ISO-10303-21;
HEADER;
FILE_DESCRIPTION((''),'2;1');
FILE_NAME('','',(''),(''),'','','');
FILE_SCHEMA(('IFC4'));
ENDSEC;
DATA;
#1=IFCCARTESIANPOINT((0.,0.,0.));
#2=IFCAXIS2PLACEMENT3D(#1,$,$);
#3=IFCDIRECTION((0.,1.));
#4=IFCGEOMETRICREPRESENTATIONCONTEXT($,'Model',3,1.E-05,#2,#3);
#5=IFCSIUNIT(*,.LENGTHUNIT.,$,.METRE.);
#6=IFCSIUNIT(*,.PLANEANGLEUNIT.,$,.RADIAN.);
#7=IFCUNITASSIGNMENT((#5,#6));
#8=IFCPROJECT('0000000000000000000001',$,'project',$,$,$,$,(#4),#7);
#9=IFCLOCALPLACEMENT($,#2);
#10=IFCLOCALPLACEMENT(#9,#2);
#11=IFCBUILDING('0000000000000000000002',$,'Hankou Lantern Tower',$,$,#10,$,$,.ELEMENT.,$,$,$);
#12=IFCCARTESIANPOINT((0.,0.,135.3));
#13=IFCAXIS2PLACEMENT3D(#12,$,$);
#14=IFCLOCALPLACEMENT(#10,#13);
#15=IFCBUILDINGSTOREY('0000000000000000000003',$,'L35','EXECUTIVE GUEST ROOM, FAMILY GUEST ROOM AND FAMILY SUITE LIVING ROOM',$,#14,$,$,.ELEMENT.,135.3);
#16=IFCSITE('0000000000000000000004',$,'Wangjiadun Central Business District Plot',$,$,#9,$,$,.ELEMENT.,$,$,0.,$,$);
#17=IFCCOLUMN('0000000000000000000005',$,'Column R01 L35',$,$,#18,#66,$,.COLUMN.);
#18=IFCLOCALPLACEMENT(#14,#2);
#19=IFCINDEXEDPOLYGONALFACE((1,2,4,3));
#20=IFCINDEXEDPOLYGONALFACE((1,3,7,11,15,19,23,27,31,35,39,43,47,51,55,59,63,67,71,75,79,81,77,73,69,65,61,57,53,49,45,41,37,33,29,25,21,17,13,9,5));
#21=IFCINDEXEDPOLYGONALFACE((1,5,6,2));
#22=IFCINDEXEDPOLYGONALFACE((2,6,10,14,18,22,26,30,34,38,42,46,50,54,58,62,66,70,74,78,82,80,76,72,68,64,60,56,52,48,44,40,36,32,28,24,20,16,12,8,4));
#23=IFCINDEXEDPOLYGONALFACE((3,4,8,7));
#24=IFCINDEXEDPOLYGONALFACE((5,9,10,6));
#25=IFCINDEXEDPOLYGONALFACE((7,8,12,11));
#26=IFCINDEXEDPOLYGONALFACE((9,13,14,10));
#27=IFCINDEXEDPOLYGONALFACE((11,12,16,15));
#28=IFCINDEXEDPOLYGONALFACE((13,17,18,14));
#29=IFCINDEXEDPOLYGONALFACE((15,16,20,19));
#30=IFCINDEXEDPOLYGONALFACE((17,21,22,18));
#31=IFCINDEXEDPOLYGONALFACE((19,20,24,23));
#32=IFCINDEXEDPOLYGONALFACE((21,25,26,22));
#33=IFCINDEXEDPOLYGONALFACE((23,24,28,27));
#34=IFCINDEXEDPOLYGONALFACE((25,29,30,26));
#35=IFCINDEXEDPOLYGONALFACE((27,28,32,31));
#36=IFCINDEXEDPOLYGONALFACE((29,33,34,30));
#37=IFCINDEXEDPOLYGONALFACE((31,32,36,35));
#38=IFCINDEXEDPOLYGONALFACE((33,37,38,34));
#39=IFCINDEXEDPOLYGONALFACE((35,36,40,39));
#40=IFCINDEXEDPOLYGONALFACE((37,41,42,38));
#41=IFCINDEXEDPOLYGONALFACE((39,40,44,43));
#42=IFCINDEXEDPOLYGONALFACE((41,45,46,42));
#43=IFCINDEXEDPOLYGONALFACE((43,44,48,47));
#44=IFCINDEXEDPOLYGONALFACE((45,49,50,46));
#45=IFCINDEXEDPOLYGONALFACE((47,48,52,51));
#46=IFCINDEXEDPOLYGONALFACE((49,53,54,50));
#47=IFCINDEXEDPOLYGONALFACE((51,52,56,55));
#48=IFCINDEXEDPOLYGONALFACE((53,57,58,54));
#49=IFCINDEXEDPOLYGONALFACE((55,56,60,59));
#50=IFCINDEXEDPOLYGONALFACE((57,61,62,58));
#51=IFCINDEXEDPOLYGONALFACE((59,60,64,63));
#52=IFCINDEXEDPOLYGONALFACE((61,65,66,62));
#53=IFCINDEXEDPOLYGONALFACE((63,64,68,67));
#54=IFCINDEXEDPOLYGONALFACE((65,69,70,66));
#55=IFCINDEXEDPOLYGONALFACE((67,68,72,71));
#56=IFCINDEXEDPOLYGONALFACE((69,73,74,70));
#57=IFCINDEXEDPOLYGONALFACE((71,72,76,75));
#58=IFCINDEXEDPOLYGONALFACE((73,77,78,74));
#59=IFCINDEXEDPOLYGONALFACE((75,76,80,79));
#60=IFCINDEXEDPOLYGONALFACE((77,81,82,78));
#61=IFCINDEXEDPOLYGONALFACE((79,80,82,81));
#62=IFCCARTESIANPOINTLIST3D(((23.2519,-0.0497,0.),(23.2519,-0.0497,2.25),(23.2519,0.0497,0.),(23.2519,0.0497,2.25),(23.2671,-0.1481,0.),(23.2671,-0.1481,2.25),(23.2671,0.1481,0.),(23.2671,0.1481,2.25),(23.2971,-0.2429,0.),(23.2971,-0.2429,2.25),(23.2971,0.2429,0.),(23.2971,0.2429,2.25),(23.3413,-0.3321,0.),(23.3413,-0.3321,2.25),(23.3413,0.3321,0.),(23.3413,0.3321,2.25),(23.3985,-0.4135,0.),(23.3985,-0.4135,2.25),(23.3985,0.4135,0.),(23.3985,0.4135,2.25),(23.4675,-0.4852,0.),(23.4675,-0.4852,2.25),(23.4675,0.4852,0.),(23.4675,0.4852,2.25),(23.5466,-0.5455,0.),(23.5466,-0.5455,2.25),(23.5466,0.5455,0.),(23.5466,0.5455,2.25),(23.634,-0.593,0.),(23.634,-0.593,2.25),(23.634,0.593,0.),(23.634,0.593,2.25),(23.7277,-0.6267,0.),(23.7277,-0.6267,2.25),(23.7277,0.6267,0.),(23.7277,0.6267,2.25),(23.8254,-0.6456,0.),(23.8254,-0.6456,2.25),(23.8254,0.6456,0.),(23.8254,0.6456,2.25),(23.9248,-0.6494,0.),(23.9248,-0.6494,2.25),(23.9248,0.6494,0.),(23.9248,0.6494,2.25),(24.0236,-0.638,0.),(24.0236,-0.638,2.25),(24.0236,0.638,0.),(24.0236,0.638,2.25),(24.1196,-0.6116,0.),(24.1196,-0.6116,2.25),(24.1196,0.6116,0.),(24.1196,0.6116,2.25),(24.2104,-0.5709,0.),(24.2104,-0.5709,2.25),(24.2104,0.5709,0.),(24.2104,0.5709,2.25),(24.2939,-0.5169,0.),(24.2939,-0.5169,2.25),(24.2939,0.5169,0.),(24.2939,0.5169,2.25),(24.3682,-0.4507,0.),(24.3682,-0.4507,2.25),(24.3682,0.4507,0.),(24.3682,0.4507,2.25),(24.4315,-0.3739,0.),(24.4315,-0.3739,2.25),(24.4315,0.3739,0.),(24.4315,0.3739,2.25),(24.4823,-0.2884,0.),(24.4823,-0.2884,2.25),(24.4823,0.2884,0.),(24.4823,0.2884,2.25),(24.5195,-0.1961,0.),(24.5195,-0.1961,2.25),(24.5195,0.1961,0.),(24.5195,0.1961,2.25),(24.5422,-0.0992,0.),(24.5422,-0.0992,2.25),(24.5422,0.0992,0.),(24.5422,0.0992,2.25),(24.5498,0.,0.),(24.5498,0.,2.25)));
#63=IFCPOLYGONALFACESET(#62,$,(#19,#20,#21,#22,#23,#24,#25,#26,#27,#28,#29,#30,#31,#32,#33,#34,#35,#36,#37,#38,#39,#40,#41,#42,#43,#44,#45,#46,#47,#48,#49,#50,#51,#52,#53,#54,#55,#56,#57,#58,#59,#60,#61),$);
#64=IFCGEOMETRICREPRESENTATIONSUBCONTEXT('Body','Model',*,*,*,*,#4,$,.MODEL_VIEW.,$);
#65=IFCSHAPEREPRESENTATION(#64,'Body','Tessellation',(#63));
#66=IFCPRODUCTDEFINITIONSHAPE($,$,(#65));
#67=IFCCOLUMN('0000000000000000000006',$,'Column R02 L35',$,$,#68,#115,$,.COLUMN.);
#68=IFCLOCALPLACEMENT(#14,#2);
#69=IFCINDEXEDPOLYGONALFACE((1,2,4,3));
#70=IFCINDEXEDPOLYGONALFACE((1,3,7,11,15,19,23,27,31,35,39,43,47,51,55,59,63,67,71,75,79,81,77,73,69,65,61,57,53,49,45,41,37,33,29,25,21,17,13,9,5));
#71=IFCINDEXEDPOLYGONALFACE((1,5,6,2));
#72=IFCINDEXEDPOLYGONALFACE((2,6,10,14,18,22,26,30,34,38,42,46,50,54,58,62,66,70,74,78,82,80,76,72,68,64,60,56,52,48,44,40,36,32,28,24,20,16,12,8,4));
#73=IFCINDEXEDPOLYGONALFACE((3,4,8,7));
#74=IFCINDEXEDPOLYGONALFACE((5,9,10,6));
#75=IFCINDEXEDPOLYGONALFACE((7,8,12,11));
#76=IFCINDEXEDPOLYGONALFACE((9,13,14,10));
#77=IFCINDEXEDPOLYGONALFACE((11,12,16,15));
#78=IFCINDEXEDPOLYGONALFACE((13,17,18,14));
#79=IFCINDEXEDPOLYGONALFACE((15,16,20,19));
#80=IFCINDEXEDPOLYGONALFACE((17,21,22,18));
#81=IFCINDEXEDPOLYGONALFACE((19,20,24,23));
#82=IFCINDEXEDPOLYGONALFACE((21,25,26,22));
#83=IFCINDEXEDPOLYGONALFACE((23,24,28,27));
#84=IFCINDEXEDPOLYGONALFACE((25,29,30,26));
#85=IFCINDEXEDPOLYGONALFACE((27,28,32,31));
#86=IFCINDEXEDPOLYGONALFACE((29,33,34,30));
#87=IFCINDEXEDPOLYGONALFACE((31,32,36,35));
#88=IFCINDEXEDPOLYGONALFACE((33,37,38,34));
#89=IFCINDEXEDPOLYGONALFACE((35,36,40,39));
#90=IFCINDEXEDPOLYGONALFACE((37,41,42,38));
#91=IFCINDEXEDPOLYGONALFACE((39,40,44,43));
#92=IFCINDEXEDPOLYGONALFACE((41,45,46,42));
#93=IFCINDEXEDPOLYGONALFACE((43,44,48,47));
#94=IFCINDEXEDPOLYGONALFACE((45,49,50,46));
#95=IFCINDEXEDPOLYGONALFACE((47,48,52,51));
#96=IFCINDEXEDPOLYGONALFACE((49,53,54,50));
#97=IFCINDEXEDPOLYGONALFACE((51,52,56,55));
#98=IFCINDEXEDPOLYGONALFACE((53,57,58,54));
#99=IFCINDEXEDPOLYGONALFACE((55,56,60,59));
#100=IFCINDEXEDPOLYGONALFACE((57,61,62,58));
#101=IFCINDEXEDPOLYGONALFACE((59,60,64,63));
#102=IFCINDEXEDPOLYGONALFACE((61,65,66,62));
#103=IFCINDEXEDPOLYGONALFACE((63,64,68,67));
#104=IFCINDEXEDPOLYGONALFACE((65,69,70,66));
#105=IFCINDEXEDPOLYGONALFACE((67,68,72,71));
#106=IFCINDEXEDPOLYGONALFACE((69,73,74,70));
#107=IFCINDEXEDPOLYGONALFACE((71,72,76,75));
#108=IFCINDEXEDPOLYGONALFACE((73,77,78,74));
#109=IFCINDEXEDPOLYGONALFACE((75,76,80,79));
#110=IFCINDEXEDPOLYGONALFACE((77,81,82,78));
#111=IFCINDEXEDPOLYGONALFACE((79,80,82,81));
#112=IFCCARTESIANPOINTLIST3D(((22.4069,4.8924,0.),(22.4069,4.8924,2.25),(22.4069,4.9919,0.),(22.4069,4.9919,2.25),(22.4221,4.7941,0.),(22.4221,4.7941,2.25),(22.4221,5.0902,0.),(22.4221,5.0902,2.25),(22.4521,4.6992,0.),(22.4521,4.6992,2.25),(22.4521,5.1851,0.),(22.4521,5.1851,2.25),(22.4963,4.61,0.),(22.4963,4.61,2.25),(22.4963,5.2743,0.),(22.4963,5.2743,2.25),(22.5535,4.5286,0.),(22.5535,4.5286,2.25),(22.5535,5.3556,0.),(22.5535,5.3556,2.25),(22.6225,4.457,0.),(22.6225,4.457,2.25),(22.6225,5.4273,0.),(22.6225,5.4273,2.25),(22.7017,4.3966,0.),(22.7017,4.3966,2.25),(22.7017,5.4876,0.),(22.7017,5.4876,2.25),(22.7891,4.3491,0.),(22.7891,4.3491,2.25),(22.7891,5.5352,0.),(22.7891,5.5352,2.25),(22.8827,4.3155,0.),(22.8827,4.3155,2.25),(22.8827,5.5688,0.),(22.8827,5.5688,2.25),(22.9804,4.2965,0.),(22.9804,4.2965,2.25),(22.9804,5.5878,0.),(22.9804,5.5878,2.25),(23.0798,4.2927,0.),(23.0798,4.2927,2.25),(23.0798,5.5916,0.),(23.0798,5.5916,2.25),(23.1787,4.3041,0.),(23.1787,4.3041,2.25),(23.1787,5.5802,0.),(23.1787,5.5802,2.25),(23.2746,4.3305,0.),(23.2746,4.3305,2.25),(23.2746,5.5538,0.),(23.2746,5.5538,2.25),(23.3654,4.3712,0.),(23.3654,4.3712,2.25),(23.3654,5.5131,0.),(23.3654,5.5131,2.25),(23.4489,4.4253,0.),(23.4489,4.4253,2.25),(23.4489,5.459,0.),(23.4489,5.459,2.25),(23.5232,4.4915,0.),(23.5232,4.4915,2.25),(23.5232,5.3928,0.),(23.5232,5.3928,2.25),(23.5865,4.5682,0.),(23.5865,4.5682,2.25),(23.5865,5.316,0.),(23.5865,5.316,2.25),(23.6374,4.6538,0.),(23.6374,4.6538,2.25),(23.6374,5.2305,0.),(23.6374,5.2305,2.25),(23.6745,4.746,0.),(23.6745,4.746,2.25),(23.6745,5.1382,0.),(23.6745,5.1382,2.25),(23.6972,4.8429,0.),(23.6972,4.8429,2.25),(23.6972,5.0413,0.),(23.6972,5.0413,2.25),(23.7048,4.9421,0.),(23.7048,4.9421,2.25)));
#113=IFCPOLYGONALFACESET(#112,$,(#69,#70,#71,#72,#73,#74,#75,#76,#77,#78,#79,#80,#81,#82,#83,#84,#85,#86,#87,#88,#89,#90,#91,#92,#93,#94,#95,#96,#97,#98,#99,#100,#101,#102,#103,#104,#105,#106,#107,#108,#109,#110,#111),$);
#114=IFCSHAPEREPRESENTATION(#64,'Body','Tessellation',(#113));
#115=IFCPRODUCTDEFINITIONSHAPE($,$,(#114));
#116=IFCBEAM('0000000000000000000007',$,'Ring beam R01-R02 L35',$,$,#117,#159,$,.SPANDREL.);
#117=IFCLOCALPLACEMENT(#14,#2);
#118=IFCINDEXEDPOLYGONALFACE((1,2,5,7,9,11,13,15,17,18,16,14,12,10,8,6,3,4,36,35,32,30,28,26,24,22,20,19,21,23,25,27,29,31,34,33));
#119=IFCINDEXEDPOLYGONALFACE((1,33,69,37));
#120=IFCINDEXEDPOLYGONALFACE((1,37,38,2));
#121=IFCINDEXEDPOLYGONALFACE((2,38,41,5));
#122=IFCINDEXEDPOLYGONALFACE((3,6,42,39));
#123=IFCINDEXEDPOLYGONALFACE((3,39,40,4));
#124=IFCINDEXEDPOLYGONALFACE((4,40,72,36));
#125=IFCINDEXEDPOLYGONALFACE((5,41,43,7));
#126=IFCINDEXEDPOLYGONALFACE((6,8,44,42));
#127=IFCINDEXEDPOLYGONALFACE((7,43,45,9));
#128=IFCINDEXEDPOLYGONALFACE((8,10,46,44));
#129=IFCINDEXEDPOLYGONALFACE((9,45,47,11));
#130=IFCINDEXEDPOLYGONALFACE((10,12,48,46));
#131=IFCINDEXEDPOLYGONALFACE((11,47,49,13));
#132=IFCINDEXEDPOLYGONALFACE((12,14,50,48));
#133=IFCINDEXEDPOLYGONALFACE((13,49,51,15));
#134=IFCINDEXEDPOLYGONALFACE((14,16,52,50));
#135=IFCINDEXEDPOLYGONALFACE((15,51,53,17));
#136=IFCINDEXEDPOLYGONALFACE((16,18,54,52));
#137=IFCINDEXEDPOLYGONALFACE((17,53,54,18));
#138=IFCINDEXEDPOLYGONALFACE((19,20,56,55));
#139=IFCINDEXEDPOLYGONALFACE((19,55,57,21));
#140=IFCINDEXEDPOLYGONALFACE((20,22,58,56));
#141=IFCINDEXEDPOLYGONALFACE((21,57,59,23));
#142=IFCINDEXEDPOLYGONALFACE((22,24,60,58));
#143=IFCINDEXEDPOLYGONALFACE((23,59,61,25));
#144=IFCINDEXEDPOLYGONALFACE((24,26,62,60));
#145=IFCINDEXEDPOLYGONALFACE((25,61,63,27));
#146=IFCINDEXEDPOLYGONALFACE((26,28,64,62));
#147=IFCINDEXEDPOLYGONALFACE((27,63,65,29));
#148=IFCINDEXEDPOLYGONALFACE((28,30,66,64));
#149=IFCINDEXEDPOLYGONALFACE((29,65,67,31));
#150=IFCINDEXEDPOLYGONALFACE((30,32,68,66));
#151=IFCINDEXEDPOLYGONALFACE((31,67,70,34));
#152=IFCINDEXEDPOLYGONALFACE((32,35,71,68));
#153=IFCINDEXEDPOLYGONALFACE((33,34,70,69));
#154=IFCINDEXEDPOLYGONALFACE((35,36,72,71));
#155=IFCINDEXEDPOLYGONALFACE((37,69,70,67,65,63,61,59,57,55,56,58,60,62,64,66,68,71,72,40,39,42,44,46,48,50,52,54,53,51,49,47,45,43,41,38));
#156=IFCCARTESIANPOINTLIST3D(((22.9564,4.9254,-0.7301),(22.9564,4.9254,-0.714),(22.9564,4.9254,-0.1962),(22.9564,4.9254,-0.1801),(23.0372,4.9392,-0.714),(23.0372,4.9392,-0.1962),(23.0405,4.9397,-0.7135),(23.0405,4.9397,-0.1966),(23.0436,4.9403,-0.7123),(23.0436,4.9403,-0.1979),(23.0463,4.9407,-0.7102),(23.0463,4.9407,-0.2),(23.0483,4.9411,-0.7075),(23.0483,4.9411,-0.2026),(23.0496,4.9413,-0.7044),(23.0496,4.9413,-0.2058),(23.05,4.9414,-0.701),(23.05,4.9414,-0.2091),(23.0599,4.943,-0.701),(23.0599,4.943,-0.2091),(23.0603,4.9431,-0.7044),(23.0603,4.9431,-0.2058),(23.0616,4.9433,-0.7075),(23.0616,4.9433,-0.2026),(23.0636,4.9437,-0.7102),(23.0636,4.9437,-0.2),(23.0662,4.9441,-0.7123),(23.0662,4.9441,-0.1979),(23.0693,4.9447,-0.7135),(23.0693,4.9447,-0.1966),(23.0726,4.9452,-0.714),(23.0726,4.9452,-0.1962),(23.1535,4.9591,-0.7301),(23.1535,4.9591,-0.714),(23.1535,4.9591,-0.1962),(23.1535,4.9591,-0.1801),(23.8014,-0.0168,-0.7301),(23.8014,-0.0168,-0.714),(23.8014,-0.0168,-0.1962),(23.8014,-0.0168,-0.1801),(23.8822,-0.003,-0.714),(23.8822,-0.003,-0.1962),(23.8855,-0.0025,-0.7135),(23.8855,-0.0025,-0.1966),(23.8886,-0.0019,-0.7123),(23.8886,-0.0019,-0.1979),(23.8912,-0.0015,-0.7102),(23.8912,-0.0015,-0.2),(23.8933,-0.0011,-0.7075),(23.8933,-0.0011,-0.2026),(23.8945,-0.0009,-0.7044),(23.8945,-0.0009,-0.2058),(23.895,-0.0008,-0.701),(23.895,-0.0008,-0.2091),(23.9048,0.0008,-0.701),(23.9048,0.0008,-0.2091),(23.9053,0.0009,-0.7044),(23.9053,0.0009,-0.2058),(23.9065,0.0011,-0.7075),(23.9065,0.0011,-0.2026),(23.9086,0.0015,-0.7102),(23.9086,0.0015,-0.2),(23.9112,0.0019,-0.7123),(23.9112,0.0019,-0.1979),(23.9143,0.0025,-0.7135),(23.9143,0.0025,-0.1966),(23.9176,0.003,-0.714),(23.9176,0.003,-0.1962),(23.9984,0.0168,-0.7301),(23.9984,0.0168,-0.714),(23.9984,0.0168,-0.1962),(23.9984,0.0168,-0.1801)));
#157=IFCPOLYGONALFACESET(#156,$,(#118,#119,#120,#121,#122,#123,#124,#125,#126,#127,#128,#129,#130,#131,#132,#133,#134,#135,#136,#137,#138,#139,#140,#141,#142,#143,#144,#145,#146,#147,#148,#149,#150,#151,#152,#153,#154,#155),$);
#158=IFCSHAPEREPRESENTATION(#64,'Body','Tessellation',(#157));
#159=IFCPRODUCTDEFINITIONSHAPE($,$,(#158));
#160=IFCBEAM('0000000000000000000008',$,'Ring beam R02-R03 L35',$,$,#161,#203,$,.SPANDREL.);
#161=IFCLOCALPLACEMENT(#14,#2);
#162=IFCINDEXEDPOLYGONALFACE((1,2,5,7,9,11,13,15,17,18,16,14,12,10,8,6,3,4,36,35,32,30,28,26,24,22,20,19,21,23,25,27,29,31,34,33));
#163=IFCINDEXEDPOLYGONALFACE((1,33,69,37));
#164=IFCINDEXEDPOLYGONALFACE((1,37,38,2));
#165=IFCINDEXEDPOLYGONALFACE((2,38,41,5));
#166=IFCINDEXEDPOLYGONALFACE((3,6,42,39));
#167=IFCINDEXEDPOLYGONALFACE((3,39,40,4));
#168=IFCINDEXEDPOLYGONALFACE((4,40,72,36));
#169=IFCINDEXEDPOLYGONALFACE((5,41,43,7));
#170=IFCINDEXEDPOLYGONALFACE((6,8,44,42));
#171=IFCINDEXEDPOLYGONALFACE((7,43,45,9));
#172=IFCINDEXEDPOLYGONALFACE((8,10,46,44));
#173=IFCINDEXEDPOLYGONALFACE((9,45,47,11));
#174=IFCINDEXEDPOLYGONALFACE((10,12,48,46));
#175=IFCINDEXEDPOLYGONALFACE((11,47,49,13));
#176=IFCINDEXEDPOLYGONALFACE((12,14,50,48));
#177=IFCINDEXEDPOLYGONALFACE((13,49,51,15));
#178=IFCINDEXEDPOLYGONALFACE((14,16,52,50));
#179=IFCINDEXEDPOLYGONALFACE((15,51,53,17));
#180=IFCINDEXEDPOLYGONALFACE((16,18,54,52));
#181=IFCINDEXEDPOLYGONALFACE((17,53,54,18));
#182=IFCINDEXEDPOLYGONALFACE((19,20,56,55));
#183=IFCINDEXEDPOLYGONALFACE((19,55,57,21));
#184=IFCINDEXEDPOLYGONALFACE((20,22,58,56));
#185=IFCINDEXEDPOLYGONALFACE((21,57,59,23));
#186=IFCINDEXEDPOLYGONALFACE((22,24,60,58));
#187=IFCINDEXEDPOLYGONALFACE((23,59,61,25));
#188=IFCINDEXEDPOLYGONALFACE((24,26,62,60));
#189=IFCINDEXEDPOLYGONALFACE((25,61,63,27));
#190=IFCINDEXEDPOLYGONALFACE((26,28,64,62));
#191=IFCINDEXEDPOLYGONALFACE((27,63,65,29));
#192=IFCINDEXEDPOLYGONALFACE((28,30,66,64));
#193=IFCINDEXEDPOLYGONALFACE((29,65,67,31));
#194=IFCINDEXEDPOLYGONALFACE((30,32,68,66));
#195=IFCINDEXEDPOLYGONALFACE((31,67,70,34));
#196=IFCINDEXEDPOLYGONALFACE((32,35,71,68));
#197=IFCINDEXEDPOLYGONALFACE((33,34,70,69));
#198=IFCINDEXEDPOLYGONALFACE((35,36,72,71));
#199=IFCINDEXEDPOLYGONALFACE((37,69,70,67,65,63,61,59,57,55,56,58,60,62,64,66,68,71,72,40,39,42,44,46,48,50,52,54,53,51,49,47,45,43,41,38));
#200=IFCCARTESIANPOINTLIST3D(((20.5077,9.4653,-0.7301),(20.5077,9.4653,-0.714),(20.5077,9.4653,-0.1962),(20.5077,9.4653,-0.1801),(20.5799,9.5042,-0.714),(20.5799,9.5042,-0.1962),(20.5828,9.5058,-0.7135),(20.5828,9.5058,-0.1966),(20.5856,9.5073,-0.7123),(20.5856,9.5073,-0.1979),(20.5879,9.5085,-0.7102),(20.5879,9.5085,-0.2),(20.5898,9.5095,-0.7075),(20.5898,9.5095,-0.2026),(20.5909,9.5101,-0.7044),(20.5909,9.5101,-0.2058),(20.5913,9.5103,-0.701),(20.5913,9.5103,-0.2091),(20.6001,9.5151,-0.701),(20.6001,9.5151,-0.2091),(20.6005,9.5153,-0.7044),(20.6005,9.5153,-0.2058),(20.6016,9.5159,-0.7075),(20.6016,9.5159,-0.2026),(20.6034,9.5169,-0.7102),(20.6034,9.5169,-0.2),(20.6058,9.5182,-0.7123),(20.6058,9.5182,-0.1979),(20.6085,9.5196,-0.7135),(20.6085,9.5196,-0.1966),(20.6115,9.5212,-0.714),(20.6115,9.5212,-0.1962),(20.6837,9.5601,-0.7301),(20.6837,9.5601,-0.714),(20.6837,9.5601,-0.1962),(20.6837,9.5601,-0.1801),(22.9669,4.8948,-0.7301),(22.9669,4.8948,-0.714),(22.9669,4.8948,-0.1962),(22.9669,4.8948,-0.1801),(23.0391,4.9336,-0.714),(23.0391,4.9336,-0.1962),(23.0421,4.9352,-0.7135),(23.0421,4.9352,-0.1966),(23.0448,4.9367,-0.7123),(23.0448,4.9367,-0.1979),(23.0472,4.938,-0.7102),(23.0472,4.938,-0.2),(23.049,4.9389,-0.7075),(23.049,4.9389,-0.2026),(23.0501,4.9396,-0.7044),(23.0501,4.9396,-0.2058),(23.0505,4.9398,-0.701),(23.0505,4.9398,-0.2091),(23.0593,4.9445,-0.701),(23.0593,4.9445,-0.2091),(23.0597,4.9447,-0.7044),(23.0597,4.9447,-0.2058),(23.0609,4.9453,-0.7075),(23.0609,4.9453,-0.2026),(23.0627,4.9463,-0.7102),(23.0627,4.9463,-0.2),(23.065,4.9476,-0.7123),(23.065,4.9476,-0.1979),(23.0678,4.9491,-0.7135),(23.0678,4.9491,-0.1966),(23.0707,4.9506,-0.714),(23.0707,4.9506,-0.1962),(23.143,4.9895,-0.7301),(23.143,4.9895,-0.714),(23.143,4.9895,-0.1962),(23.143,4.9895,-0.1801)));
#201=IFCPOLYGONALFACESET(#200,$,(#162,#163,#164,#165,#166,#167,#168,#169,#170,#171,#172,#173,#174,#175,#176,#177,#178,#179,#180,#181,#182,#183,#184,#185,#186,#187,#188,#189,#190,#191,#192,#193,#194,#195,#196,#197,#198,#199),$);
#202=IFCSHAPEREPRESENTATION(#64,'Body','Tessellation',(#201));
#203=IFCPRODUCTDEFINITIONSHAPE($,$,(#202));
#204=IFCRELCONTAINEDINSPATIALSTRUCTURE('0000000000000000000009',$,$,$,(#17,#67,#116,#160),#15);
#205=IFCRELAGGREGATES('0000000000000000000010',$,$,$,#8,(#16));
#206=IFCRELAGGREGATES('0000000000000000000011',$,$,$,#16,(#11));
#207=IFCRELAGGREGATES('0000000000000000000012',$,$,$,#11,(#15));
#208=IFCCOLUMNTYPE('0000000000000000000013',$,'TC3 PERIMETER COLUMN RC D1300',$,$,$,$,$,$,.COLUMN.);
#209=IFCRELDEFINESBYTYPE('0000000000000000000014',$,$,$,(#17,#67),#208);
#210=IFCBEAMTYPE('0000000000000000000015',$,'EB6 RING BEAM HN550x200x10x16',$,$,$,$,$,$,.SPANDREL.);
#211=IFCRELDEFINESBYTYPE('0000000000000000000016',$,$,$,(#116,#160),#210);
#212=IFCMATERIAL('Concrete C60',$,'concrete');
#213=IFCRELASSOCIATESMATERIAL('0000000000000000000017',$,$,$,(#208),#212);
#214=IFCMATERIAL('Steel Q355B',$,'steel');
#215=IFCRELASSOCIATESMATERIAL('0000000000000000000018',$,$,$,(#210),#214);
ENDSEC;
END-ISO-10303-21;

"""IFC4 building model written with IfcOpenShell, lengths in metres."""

from ifc_helpers import new_model, si_unit, direction, frame, origin, origin_2d, place, context, subcontext, project, spatial, circle, i_section, extrude, clip, halfspace, material, material_profile, profile_set, type_object, element, save


model = new_model("IFC4")

# Units and contexts
model_context = context("Model", 3, precision=1e-05, world=origin(), true_north=direction((0.0, 1.0)))
body_context = subcontext(model_context, "Body", "Model", "MODEL_VIEW")
ifc_project = project(units=[si_unit("LENGTHUNIT", "METRE"), si_unit("PLANEANGLEUNIT", "RADIAN")], contexts=[model_context])

# Site, building, storey
site_placement = place(None, origin())
site = spatial("IfcSite", under=ifc_project, at=site_placement, Name="Wangjiadun Central Business District Plot", CompositionType="ELEMENT", RefElevation=0.0)
building_placement = place(site_placement, origin())
building = spatial("IfcBuilding", under=site, at=building_placement, Name="Hankou Lantern Tower", CompositionType="ELEMENT")
storey_placement = place(building_placement, frame((0.0, 0.0, 135.3)))
storey = spatial("IfcBuildingStorey", under=building, at=storey_placement, Name="L35", Description="EXECUTIVE GUEST ROOM, FAMILY GUEST ROOM AND FAMILY SUITE LIVING ROOM", CompositionType="ELEMENT", Elevation=135.3)

# Columns
ifc_material_1 = material(Name="Concrete C60", Category="concrete")
ifc_material_profile_1 = material_profile(ifc_material_1, circle(Radius=0.6499, at=origin_2d()), Name="RC D1300")
ifc_profile_set_1 = profile_set([ifc_material_profile_1], Name="Concrete C60")
column_type = type_object("IfcColumnType", Name="TC3 PERIMETER COLUMN RC D1300", PredefinedType="COLUMN", material=ifc_profile_set_1)
for number, where, z_axis, x_axis, name in (
    (1, (23.8999, 0.0, 0.0), (0.0, 0.0, 1.0), (1.0, 0.0, 0.0), "Column R01 L35"),
    (2, (23.0549, 4.9421, 0.0), (0.0, 0.0, 1.0), (1.0, 0.0, 0.0), "Column R02 L35"),
):
    element("IfcColumn", number, at=place(storey_placement, frame(where, z_axis=z_axis, x_axis=x_axis)), inside=storey, type_object=column_type, Name=name, PredefinedType="COLUMN", context=body_context, shape_type="Clipping", body=[
        clip(extrude(circle(Radius=0.6499, at=origin_2d()), origin(), (0.0, 0.0, 1.0), 3.3), halfspace(frame((0.0, 0.0, 2.25), z_axis=(0.0, 0.0, 1.0), x_axis=(1.0, 0.0, 0.0)), False)),
    ])

# Beams
ifc_material_2 = material(Name="Steel Q355B", Category="steel")
ifc_material_profile_2 = material_profile(ifc_material_2, i_section(OverallWidth=0.2, OverallDepth=0.55, WebThickness=0.01, FlangeThickness=0.0161, FilletRadius=0.0129, at=origin_2d()), Name="HN550x200x10x16")
ifc_profile_set_2 = profile_set([ifc_material_profile_2], Name="Steel Q355B")
beam_type = type_object("IfcBeamType", Name="EB6 RING BEAM HN550x200x10x16", PredefinedType="SPANDREL", material=ifc_profile_set_2)
beam_1_placement = place(storey_placement, frame((23.8999, 0.0, -0.4551), z_axis=(-0.168527, 0.985697, 0.0), x_axis=(-0.985697, -0.168527, 0.0)))
element("IfcBeam", 3, at=beam_1_placement, inside=storey, type_object=beam_type, Name="Ring beam R01-R02 L35", PredefinedType="SPANDREL", context=body_context, shape_type="SweptSolid", body=[
    extrude(i_section(OverallWidth=0.2, OverallDepth=0.55, WebThickness=0.01, FlangeThickness=0.0161, FilletRadius=0.0129, at=origin_2d()), origin(), (0.0, 0.0, 1.0), 5.0139),
])
beam_2_placement = place(storey_placement, frame((23.0549, 4.9421, -0.4551), z_axis=(-0.473825, 0.880619, 0.0), x_axis=(-0.880619, -0.473825, 0.0)))
element("IfcBeam", 4, at=beam_2_placement, inside=storey, type_object=beam_type, Name="Ring beam R02-R03 L35", PredefinedType="SPANDREL", context=body_context, shape_type="SweptSolid", body=[
    extrude(i_section(OverallWidth=0.2, OverallDepth=0.55, WebThickness=0.01, FlangeThickness=0.0161, FilletRadius=0.0129, at=origin_2d()), origin(), (0.0, 0.0, 1.0), 5.1902),
])

save(model, "model.ifc")
